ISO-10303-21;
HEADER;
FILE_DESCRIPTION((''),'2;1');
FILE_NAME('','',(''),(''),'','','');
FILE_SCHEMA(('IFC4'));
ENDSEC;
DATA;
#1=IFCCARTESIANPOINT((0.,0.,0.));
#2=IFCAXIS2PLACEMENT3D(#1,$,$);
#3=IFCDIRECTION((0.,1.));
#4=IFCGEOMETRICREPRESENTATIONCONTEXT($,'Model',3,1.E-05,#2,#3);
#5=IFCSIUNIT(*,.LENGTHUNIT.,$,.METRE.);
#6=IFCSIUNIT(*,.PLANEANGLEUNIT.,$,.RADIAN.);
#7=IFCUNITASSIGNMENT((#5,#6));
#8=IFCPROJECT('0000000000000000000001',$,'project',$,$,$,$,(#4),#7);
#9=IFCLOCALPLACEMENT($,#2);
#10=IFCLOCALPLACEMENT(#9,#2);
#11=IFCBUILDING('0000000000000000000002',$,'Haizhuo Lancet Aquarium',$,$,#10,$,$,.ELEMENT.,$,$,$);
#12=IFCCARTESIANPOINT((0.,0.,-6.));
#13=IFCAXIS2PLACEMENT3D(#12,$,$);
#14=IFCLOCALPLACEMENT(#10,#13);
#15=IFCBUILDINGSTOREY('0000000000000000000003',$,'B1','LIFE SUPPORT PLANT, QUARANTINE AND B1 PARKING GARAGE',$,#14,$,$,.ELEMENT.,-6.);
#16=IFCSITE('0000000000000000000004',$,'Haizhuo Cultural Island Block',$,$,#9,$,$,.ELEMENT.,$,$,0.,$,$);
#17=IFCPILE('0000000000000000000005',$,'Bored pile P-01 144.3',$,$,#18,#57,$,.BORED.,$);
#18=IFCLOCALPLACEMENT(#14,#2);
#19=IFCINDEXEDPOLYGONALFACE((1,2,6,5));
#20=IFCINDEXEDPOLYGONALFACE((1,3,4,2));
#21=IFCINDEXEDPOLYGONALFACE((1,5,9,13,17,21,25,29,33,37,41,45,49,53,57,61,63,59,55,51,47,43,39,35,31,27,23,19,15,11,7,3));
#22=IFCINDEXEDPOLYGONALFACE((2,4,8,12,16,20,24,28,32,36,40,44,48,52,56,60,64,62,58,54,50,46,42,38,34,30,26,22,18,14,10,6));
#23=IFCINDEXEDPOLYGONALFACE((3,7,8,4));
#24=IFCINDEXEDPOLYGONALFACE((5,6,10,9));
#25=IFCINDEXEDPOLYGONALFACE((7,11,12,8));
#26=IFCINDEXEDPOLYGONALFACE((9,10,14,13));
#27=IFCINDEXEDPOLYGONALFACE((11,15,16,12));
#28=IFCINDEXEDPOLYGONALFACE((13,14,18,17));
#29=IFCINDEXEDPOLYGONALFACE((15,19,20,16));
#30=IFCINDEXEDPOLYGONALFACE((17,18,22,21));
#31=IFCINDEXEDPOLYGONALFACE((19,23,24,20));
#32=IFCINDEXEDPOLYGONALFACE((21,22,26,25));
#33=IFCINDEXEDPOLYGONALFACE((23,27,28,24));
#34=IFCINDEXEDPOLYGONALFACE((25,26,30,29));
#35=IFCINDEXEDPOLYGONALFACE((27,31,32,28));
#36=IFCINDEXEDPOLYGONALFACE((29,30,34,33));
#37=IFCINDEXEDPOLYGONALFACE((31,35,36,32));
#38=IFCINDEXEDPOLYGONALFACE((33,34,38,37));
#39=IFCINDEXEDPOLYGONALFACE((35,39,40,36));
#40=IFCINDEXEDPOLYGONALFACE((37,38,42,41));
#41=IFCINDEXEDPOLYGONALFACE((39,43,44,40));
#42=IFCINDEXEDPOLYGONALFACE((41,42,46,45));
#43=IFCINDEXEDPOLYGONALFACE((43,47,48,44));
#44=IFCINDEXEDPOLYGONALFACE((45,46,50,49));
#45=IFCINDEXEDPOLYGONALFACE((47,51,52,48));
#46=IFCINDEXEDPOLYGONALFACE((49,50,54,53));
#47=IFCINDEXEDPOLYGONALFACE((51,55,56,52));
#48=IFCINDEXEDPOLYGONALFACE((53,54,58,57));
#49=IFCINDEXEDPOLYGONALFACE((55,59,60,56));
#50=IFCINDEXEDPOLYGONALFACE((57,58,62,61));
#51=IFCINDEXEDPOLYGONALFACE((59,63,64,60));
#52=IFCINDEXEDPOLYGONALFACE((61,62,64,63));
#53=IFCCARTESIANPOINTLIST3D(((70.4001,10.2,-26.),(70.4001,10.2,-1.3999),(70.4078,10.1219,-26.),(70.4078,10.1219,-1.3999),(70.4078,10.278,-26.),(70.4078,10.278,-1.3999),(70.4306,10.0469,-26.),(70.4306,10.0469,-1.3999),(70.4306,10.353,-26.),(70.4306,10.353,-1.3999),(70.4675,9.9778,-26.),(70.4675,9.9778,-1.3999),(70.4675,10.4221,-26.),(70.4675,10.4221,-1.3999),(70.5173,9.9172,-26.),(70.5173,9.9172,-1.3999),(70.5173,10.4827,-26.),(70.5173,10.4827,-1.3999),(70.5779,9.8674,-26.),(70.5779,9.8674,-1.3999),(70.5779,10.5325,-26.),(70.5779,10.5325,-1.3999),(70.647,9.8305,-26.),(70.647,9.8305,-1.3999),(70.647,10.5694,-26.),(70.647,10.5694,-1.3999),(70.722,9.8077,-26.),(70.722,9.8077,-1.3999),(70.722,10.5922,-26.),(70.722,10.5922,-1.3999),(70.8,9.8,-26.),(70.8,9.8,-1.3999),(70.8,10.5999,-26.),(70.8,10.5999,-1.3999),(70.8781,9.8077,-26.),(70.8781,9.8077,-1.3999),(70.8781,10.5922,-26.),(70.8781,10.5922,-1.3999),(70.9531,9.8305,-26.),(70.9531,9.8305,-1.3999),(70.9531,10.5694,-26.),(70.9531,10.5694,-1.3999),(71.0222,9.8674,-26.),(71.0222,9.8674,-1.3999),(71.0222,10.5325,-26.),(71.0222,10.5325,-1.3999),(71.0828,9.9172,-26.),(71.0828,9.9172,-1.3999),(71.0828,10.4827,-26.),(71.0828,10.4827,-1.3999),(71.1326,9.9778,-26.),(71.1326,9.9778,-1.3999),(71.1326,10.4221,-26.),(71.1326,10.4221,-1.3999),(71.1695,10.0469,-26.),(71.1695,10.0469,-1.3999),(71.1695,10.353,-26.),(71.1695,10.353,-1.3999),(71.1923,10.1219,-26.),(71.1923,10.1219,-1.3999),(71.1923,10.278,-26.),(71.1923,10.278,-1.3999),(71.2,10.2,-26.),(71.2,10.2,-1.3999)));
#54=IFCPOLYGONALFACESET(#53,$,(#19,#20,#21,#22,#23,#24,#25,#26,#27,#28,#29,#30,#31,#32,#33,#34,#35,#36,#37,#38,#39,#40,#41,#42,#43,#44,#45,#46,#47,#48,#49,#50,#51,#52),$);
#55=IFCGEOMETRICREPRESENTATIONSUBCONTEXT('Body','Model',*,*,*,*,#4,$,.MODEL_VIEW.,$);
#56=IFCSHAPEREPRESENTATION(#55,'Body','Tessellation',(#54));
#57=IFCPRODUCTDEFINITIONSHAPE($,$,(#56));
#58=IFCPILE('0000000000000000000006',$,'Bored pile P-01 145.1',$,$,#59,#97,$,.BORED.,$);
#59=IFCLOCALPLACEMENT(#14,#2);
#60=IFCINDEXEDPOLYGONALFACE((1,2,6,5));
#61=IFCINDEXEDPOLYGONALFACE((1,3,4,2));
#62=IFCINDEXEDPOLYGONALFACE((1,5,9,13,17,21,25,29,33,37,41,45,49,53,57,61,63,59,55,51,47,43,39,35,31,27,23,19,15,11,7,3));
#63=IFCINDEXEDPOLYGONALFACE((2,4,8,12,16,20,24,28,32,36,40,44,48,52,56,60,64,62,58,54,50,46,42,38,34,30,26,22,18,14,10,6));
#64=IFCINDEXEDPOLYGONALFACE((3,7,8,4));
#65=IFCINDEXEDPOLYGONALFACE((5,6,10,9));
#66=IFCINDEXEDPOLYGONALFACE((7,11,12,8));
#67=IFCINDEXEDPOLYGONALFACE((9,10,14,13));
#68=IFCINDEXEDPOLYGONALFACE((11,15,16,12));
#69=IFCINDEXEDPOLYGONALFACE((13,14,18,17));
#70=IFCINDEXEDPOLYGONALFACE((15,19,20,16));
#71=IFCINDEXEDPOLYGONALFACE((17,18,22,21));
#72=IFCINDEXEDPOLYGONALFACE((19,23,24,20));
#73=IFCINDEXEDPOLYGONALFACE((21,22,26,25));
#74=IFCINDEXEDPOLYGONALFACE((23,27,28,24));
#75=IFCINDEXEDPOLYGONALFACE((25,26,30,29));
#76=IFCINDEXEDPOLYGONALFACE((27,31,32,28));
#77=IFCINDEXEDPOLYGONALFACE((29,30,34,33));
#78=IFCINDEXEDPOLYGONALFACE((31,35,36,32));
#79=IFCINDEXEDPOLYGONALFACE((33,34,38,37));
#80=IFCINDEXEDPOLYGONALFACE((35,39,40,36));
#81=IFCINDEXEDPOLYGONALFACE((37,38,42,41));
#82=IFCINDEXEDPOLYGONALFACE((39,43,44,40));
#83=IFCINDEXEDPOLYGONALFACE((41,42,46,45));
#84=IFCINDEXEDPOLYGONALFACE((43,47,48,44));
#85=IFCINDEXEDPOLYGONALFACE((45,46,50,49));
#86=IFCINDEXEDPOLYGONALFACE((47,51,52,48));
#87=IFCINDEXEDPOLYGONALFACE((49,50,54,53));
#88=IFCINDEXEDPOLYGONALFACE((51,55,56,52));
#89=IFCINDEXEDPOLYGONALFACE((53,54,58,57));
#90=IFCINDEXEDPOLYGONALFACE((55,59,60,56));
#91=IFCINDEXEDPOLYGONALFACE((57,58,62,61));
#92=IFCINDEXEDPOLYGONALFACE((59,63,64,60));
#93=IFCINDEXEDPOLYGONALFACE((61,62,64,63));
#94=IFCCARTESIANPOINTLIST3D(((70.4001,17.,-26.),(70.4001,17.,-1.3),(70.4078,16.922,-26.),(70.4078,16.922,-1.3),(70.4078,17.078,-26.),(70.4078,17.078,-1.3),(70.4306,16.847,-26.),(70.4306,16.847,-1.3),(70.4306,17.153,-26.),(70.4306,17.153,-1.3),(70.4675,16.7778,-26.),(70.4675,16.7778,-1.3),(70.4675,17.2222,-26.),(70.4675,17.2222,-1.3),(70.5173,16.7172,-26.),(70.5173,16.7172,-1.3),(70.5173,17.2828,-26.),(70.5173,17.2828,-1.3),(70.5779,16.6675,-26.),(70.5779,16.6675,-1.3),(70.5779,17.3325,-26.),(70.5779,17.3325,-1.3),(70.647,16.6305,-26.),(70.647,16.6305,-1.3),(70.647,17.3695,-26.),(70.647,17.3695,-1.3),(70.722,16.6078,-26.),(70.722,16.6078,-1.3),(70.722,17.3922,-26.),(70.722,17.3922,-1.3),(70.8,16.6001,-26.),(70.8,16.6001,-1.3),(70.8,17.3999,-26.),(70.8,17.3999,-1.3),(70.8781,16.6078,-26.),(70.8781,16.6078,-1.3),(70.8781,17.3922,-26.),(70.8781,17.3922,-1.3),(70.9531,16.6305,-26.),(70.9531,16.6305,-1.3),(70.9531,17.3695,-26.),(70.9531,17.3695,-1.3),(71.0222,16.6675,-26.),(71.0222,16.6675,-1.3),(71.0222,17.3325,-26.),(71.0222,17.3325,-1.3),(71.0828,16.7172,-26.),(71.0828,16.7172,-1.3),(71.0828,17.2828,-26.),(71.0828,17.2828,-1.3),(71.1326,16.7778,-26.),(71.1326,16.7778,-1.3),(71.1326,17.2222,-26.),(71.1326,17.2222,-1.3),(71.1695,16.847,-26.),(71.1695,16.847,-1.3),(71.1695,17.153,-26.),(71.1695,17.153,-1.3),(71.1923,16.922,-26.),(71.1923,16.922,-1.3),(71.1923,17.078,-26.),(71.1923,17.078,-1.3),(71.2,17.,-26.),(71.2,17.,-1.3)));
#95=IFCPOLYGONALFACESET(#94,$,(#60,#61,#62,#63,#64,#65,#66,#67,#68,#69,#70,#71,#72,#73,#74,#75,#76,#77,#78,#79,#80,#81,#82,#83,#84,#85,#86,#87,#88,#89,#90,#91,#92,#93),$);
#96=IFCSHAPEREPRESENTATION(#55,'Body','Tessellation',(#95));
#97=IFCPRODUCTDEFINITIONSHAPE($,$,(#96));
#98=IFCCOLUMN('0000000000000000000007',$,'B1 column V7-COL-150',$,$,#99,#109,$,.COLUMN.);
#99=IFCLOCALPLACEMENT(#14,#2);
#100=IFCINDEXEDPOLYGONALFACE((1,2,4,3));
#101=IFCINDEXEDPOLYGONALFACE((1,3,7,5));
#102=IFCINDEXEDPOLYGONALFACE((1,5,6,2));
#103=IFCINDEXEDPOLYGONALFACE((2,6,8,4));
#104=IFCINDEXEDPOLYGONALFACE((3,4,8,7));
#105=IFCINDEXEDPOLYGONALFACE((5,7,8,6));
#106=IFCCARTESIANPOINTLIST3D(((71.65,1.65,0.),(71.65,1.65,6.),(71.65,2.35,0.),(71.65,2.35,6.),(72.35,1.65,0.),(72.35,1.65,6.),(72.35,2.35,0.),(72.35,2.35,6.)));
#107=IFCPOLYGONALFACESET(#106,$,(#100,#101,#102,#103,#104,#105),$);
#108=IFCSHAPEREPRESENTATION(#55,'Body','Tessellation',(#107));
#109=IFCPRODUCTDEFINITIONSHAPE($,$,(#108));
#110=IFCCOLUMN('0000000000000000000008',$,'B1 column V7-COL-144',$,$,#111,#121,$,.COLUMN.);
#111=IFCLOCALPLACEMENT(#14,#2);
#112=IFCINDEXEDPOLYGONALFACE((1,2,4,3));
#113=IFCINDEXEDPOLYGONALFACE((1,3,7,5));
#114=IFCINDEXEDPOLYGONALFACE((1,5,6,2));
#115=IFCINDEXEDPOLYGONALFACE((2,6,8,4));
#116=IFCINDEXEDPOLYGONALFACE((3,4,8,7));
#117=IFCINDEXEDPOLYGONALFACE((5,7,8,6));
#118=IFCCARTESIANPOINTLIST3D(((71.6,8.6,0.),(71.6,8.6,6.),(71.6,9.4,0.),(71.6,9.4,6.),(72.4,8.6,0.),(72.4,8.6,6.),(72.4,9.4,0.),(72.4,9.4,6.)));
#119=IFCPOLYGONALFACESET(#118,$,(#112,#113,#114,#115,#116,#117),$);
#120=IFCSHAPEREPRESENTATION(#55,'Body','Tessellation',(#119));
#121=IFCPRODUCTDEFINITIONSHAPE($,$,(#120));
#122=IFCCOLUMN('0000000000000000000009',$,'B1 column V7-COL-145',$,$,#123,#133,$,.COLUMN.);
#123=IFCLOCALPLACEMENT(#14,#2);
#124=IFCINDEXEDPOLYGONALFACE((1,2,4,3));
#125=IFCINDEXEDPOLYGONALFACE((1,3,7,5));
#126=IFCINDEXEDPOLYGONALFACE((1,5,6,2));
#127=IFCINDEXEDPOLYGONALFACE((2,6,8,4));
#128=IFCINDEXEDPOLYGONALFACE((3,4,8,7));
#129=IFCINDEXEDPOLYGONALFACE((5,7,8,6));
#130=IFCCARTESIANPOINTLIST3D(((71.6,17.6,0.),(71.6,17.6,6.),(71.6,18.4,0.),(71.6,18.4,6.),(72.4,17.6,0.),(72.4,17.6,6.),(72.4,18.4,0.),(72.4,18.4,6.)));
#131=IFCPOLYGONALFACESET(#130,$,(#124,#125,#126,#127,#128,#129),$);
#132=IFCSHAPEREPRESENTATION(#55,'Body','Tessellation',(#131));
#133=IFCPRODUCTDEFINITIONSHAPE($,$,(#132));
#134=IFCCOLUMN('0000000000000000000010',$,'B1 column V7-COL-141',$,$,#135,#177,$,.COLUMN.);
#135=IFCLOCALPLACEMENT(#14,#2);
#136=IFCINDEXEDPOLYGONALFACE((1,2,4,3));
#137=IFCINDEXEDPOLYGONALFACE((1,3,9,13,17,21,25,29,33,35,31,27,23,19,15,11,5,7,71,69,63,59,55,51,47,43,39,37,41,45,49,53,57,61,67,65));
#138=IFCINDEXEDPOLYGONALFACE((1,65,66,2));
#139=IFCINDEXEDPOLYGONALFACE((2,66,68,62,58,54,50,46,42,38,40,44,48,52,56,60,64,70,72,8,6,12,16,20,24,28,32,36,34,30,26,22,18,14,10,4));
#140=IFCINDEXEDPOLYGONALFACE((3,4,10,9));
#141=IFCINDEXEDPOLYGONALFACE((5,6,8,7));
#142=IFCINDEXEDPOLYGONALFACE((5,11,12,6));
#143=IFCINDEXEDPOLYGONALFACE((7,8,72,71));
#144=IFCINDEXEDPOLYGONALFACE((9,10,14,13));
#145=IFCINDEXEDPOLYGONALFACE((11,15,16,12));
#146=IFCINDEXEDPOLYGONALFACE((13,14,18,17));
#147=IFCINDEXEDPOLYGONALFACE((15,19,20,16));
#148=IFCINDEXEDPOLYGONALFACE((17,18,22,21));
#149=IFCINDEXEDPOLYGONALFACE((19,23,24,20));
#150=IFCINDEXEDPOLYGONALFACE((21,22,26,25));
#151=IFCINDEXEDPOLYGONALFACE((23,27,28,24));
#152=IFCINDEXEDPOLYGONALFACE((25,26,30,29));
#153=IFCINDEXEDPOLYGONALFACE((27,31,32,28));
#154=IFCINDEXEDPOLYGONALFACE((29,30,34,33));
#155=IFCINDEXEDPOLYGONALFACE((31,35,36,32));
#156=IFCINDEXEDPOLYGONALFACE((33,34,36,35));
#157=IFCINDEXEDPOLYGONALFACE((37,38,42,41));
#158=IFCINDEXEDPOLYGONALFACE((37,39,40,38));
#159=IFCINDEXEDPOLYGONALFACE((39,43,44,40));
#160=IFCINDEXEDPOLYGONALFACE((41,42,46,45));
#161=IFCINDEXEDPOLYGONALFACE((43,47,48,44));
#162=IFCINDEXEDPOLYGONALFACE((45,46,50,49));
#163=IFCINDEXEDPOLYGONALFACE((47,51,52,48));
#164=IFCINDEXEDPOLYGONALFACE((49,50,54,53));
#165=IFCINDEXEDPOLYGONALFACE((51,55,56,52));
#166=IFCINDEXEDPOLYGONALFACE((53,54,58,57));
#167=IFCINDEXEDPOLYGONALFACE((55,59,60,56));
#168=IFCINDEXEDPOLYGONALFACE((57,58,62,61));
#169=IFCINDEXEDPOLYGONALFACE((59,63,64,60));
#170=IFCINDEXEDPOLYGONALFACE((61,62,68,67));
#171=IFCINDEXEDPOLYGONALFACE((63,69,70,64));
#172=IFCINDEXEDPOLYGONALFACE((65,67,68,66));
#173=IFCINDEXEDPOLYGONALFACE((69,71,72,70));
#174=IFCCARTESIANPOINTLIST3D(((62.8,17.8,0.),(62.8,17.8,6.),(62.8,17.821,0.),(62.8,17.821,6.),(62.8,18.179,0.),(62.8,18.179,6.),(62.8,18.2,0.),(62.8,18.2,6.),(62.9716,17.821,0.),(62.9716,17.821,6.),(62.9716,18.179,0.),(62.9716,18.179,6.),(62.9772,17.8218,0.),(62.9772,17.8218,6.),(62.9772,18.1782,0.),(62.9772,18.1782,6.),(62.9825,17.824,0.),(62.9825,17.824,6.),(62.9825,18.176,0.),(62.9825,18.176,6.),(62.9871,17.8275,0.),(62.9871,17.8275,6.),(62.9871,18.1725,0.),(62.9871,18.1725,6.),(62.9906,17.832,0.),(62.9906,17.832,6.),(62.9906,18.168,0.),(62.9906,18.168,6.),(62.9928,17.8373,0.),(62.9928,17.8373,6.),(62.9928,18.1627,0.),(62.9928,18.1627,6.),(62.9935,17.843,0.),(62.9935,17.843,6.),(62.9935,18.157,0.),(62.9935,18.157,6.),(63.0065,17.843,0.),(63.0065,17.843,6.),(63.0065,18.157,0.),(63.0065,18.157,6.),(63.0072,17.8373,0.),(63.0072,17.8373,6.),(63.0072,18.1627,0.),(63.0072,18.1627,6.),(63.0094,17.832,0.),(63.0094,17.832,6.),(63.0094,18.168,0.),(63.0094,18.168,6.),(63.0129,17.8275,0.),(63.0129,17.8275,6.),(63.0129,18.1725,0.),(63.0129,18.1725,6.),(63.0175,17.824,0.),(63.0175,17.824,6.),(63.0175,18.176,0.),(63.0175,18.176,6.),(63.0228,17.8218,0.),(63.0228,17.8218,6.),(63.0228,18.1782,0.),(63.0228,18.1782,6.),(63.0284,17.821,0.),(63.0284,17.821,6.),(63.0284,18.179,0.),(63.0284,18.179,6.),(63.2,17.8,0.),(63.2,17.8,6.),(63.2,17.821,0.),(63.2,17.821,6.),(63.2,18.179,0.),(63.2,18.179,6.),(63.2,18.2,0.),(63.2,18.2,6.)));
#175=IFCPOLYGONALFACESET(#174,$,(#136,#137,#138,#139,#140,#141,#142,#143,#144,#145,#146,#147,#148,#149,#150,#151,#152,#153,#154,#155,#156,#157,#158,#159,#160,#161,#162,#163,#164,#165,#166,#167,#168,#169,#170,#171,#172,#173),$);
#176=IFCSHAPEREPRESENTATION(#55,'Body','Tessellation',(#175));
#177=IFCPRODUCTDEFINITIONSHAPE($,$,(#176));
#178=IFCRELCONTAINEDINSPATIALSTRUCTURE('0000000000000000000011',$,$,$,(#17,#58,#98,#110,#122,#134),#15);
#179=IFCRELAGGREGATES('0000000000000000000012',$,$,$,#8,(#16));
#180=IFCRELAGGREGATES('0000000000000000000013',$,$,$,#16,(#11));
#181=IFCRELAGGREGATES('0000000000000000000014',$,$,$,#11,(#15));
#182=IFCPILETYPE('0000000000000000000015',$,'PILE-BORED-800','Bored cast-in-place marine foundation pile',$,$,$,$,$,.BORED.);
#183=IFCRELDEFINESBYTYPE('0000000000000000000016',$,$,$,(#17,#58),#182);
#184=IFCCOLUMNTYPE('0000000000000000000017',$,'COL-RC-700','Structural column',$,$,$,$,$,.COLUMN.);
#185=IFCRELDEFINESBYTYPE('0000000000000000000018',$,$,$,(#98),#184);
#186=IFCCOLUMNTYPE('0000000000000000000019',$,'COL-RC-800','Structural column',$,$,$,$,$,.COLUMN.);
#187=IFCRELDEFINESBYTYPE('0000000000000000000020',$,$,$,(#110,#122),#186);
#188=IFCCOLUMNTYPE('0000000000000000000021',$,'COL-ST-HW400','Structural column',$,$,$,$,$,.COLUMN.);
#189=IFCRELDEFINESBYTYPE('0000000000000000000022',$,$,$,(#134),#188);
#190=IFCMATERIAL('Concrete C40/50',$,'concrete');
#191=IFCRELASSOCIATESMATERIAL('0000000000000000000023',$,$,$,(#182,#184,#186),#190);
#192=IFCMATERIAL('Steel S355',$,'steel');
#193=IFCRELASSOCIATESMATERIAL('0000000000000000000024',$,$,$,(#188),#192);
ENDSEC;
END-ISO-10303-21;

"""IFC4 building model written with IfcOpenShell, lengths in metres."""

from ifc_helpers import new_model, si_unit, direction, frame, origin, origin_2d, place, context, subcontext, project, spatial, rectangle, circle, i_section, extrude, material, material_profile, profile_set, type_object, element, save


model = new_model("IFC4")

# Units and contexts
model_context = context("Model", 3, precision=1e-05, world=origin(), true_north=direction((0.0, 1.0)))
body_context = subcontext(model_context, "Body", "Model", "MODEL_VIEW")
ifc_project = project(units=[si_unit("LENGTHUNIT", "METRE"), si_unit("PLANEANGLEUNIT", "RADIAN")], contexts=[model_context])

# Site, building, storey
site_placement = place(None, origin())
site = spatial("IfcSite", under=ifc_project, at=site_placement, Name="Haizhuo Cultural Island Block", CompositionType="ELEMENT", RefElevation=0.0)
building_placement = place(site_placement, origin())
building = spatial("IfcBuilding", under=site, at=building_placement, Name="Haizhuo Lancet Aquarium", CompositionType="ELEMENT")
storey_placement = place(building_placement, frame((0.0, 0.0, -6.0)))
storey = spatial("IfcBuildingStorey", under=building, at=storey_placement, Name="B1", Description="LIFE SUPPORT PLANT, QUARANTINE AND B1 PARKING GARAGE", CompositionType="ELEMENT", Elevation=-6.0)

# Shared definitions
ifc_material_1 = material(Name="Concrete C40/50", Category="concrete")

# Piles
ifc_material_profile_1 = material_profile(ifc_material_1, circle(Radius=0.3999, at=origin_2d()), Name="PILE-800")
ifc_profile_set_1 = profile_set([ifc_material_profile_1], Name="Concrete C40/50")
pile_type_1 = type_object("IfcPileType", Name="PILE-BORED-800", Description="Bored cast-in-place marine foundation pile", PredefinedType="BORED", material=ifc_profile_set_1)
for number, where, z_axis, x_axis, name in (
    (1, (70.8, 10.2, -1.3999), (0.0, 0.0, -1.0), (1.0, 0.0, 0.0), "Bored pile P-01 144.3"),
):
    element("IfcPile", number, at=place(storey_placement, frame(where, z_axis=z_axis, x_axis=x_axis)), inside=storey, type_object=pile_type_1, Name=name, PredefinedType="BORED", context=body_context, shape_type="SweptSolid", body=[
        extrude(circle(Radius=0.3999, at=origin_2d()), origin(), (0.0, 0.0, 1.0), 24.6001),
    ])
pile_1_placement = place(storey_placement, frame((70.8, 17.0, -1.3), z_axis=(0.0, 0.0, -1.0), x_axis=(1.0, 0.0, 0.0)))
element("IfcPile", 2, at=pile_1_placement, inside=storey, type_object=pile_type_1, Name="Bored pile P-01 145.1", PredefinedType="BORED", context=body_context, shape_type="SweptSolid", body=[
    extrude(circle(Radius=0.3999, at=origin_2d()), origin(), (0.0, 0.0, 1.0), 24.7),
])

# Columns
ifc_material_profile_2 = material_profile(ifc_material_1, rectangle(XDim=0.7, YDim=0.7, at=origin_2d()), Name="RC-COL 700x700")
ifc_profile_set_2 = profile_set([ifc_material_profile_2], Name="Concrete C40/50")
column_type_1 = type_object("IfcColumnType", Name="COL-RC-700", Description="Structural column", PredefinedType="COLUMN", material=ifc_profile_set_2)
column_1_placement = place(storey_placement, frame((72.0, 2.0, 0.0), z_axis=(0.0, 0.0, 1.0), x_axis=(1.0, 0.0, 0.0)))
element("IfcColumn", 3, at=column_1_placement, inside=storey, type_object=column_type_1, Name="B1 column V7-COL-150", PredefinedType="COLUMN", context=body_context, shape_type="SweptSolid", body=[
    extrude(rectangle(XDim=0.7, YDim=0.7, at=origin_2d()), origin(), (0.0, 0.0, 1.0), 6.0),
])
ifc_material_profile_3 = material_profile(ifc_material_1, rectangle(XDim=0.8, YDim=0.8, at=origin_2d()), Name="RC-COL 800x800")
ifc_profile_set_3 = profile_set([ifc_material_profile_3], Name="Concrete C40/50")
column_type_2 = type_object("IfcColumnType", Name="COL-RC-800", Description="Structural column", PredefinedType="COLUMN", material=ifc_profile_set_3)
for number, where, z_axis, x_axis, name in (
    (4, (72.0, 9.0, 0.0), (0.0, 0.0, 1.0), (1.0, 0.0, 0.0), "B1 column V7-COL-144"),
    (5, (72.0, 18.0, 0.0), (0.0, 0.0, 1.0), (1.0, 0.0, 0.0), "B1 column V7-COL-145"),
):
    element("IfcColumn", number, at=place(storey_placement, frame(where, z_axis=z_axis, x_axis=x_axis)), inside=storey, type_object=column_type_2, Name=name, PredefinedType="COLUMN", context=body_context, shape_type="SweptSolid", body=[
        extrude(rectangle(XDim=0.8, YDim=0.8, at=origin_2d()), origin(), (0.0, 0.0, 1.0), 6.0),
    ])
ifc_material_2 = material(Name="Steel S355", Category="steel")
ifc_material_profile_4 = material_profile(ifc_material_2, i_section(OverallWidth=0.3999, OverallDepth=0.3999, WebThickness=0.0129, FlangeThickness=0.021, FilletRadius=0.022, at=origin_2d()), Name="HW 400x400x13x21")
ifc_profile_set_4 = profile_set([ifc_material_profile_4], Name="Steel S355")
column_type_3 = type_object("IfcColumnType", Name="COL-ST-HW400", Description="Structural column", PredefinedType="COLUMN", material=ifc_profile_set_4)
column_2_placement = place(storey_placement, frame((63.0, 18.0, 0.0), z_axis=(0.0, 0.0, 1.0), x_axis=(1.0, 0.0, 0.0)))
element("IfcColumn", 6, at=column_2_placement, inside=storey, type_object=column_type_3, Name="B1 column V7-COL-141", PredefinedType="COLUMN", context=body_context, shape_type="SweptSolid", body=[
    extrude(i_section(OverallWidth=0.3999, OverallDepth=0.3999, WebThickness=0.0129, FlangeThickness=0.021, FilletRadius=0.022, at=origin_2d()), origin(), (0.0, 0.0, 1.0), 6.0),
])

save(model, "model.ifc")
